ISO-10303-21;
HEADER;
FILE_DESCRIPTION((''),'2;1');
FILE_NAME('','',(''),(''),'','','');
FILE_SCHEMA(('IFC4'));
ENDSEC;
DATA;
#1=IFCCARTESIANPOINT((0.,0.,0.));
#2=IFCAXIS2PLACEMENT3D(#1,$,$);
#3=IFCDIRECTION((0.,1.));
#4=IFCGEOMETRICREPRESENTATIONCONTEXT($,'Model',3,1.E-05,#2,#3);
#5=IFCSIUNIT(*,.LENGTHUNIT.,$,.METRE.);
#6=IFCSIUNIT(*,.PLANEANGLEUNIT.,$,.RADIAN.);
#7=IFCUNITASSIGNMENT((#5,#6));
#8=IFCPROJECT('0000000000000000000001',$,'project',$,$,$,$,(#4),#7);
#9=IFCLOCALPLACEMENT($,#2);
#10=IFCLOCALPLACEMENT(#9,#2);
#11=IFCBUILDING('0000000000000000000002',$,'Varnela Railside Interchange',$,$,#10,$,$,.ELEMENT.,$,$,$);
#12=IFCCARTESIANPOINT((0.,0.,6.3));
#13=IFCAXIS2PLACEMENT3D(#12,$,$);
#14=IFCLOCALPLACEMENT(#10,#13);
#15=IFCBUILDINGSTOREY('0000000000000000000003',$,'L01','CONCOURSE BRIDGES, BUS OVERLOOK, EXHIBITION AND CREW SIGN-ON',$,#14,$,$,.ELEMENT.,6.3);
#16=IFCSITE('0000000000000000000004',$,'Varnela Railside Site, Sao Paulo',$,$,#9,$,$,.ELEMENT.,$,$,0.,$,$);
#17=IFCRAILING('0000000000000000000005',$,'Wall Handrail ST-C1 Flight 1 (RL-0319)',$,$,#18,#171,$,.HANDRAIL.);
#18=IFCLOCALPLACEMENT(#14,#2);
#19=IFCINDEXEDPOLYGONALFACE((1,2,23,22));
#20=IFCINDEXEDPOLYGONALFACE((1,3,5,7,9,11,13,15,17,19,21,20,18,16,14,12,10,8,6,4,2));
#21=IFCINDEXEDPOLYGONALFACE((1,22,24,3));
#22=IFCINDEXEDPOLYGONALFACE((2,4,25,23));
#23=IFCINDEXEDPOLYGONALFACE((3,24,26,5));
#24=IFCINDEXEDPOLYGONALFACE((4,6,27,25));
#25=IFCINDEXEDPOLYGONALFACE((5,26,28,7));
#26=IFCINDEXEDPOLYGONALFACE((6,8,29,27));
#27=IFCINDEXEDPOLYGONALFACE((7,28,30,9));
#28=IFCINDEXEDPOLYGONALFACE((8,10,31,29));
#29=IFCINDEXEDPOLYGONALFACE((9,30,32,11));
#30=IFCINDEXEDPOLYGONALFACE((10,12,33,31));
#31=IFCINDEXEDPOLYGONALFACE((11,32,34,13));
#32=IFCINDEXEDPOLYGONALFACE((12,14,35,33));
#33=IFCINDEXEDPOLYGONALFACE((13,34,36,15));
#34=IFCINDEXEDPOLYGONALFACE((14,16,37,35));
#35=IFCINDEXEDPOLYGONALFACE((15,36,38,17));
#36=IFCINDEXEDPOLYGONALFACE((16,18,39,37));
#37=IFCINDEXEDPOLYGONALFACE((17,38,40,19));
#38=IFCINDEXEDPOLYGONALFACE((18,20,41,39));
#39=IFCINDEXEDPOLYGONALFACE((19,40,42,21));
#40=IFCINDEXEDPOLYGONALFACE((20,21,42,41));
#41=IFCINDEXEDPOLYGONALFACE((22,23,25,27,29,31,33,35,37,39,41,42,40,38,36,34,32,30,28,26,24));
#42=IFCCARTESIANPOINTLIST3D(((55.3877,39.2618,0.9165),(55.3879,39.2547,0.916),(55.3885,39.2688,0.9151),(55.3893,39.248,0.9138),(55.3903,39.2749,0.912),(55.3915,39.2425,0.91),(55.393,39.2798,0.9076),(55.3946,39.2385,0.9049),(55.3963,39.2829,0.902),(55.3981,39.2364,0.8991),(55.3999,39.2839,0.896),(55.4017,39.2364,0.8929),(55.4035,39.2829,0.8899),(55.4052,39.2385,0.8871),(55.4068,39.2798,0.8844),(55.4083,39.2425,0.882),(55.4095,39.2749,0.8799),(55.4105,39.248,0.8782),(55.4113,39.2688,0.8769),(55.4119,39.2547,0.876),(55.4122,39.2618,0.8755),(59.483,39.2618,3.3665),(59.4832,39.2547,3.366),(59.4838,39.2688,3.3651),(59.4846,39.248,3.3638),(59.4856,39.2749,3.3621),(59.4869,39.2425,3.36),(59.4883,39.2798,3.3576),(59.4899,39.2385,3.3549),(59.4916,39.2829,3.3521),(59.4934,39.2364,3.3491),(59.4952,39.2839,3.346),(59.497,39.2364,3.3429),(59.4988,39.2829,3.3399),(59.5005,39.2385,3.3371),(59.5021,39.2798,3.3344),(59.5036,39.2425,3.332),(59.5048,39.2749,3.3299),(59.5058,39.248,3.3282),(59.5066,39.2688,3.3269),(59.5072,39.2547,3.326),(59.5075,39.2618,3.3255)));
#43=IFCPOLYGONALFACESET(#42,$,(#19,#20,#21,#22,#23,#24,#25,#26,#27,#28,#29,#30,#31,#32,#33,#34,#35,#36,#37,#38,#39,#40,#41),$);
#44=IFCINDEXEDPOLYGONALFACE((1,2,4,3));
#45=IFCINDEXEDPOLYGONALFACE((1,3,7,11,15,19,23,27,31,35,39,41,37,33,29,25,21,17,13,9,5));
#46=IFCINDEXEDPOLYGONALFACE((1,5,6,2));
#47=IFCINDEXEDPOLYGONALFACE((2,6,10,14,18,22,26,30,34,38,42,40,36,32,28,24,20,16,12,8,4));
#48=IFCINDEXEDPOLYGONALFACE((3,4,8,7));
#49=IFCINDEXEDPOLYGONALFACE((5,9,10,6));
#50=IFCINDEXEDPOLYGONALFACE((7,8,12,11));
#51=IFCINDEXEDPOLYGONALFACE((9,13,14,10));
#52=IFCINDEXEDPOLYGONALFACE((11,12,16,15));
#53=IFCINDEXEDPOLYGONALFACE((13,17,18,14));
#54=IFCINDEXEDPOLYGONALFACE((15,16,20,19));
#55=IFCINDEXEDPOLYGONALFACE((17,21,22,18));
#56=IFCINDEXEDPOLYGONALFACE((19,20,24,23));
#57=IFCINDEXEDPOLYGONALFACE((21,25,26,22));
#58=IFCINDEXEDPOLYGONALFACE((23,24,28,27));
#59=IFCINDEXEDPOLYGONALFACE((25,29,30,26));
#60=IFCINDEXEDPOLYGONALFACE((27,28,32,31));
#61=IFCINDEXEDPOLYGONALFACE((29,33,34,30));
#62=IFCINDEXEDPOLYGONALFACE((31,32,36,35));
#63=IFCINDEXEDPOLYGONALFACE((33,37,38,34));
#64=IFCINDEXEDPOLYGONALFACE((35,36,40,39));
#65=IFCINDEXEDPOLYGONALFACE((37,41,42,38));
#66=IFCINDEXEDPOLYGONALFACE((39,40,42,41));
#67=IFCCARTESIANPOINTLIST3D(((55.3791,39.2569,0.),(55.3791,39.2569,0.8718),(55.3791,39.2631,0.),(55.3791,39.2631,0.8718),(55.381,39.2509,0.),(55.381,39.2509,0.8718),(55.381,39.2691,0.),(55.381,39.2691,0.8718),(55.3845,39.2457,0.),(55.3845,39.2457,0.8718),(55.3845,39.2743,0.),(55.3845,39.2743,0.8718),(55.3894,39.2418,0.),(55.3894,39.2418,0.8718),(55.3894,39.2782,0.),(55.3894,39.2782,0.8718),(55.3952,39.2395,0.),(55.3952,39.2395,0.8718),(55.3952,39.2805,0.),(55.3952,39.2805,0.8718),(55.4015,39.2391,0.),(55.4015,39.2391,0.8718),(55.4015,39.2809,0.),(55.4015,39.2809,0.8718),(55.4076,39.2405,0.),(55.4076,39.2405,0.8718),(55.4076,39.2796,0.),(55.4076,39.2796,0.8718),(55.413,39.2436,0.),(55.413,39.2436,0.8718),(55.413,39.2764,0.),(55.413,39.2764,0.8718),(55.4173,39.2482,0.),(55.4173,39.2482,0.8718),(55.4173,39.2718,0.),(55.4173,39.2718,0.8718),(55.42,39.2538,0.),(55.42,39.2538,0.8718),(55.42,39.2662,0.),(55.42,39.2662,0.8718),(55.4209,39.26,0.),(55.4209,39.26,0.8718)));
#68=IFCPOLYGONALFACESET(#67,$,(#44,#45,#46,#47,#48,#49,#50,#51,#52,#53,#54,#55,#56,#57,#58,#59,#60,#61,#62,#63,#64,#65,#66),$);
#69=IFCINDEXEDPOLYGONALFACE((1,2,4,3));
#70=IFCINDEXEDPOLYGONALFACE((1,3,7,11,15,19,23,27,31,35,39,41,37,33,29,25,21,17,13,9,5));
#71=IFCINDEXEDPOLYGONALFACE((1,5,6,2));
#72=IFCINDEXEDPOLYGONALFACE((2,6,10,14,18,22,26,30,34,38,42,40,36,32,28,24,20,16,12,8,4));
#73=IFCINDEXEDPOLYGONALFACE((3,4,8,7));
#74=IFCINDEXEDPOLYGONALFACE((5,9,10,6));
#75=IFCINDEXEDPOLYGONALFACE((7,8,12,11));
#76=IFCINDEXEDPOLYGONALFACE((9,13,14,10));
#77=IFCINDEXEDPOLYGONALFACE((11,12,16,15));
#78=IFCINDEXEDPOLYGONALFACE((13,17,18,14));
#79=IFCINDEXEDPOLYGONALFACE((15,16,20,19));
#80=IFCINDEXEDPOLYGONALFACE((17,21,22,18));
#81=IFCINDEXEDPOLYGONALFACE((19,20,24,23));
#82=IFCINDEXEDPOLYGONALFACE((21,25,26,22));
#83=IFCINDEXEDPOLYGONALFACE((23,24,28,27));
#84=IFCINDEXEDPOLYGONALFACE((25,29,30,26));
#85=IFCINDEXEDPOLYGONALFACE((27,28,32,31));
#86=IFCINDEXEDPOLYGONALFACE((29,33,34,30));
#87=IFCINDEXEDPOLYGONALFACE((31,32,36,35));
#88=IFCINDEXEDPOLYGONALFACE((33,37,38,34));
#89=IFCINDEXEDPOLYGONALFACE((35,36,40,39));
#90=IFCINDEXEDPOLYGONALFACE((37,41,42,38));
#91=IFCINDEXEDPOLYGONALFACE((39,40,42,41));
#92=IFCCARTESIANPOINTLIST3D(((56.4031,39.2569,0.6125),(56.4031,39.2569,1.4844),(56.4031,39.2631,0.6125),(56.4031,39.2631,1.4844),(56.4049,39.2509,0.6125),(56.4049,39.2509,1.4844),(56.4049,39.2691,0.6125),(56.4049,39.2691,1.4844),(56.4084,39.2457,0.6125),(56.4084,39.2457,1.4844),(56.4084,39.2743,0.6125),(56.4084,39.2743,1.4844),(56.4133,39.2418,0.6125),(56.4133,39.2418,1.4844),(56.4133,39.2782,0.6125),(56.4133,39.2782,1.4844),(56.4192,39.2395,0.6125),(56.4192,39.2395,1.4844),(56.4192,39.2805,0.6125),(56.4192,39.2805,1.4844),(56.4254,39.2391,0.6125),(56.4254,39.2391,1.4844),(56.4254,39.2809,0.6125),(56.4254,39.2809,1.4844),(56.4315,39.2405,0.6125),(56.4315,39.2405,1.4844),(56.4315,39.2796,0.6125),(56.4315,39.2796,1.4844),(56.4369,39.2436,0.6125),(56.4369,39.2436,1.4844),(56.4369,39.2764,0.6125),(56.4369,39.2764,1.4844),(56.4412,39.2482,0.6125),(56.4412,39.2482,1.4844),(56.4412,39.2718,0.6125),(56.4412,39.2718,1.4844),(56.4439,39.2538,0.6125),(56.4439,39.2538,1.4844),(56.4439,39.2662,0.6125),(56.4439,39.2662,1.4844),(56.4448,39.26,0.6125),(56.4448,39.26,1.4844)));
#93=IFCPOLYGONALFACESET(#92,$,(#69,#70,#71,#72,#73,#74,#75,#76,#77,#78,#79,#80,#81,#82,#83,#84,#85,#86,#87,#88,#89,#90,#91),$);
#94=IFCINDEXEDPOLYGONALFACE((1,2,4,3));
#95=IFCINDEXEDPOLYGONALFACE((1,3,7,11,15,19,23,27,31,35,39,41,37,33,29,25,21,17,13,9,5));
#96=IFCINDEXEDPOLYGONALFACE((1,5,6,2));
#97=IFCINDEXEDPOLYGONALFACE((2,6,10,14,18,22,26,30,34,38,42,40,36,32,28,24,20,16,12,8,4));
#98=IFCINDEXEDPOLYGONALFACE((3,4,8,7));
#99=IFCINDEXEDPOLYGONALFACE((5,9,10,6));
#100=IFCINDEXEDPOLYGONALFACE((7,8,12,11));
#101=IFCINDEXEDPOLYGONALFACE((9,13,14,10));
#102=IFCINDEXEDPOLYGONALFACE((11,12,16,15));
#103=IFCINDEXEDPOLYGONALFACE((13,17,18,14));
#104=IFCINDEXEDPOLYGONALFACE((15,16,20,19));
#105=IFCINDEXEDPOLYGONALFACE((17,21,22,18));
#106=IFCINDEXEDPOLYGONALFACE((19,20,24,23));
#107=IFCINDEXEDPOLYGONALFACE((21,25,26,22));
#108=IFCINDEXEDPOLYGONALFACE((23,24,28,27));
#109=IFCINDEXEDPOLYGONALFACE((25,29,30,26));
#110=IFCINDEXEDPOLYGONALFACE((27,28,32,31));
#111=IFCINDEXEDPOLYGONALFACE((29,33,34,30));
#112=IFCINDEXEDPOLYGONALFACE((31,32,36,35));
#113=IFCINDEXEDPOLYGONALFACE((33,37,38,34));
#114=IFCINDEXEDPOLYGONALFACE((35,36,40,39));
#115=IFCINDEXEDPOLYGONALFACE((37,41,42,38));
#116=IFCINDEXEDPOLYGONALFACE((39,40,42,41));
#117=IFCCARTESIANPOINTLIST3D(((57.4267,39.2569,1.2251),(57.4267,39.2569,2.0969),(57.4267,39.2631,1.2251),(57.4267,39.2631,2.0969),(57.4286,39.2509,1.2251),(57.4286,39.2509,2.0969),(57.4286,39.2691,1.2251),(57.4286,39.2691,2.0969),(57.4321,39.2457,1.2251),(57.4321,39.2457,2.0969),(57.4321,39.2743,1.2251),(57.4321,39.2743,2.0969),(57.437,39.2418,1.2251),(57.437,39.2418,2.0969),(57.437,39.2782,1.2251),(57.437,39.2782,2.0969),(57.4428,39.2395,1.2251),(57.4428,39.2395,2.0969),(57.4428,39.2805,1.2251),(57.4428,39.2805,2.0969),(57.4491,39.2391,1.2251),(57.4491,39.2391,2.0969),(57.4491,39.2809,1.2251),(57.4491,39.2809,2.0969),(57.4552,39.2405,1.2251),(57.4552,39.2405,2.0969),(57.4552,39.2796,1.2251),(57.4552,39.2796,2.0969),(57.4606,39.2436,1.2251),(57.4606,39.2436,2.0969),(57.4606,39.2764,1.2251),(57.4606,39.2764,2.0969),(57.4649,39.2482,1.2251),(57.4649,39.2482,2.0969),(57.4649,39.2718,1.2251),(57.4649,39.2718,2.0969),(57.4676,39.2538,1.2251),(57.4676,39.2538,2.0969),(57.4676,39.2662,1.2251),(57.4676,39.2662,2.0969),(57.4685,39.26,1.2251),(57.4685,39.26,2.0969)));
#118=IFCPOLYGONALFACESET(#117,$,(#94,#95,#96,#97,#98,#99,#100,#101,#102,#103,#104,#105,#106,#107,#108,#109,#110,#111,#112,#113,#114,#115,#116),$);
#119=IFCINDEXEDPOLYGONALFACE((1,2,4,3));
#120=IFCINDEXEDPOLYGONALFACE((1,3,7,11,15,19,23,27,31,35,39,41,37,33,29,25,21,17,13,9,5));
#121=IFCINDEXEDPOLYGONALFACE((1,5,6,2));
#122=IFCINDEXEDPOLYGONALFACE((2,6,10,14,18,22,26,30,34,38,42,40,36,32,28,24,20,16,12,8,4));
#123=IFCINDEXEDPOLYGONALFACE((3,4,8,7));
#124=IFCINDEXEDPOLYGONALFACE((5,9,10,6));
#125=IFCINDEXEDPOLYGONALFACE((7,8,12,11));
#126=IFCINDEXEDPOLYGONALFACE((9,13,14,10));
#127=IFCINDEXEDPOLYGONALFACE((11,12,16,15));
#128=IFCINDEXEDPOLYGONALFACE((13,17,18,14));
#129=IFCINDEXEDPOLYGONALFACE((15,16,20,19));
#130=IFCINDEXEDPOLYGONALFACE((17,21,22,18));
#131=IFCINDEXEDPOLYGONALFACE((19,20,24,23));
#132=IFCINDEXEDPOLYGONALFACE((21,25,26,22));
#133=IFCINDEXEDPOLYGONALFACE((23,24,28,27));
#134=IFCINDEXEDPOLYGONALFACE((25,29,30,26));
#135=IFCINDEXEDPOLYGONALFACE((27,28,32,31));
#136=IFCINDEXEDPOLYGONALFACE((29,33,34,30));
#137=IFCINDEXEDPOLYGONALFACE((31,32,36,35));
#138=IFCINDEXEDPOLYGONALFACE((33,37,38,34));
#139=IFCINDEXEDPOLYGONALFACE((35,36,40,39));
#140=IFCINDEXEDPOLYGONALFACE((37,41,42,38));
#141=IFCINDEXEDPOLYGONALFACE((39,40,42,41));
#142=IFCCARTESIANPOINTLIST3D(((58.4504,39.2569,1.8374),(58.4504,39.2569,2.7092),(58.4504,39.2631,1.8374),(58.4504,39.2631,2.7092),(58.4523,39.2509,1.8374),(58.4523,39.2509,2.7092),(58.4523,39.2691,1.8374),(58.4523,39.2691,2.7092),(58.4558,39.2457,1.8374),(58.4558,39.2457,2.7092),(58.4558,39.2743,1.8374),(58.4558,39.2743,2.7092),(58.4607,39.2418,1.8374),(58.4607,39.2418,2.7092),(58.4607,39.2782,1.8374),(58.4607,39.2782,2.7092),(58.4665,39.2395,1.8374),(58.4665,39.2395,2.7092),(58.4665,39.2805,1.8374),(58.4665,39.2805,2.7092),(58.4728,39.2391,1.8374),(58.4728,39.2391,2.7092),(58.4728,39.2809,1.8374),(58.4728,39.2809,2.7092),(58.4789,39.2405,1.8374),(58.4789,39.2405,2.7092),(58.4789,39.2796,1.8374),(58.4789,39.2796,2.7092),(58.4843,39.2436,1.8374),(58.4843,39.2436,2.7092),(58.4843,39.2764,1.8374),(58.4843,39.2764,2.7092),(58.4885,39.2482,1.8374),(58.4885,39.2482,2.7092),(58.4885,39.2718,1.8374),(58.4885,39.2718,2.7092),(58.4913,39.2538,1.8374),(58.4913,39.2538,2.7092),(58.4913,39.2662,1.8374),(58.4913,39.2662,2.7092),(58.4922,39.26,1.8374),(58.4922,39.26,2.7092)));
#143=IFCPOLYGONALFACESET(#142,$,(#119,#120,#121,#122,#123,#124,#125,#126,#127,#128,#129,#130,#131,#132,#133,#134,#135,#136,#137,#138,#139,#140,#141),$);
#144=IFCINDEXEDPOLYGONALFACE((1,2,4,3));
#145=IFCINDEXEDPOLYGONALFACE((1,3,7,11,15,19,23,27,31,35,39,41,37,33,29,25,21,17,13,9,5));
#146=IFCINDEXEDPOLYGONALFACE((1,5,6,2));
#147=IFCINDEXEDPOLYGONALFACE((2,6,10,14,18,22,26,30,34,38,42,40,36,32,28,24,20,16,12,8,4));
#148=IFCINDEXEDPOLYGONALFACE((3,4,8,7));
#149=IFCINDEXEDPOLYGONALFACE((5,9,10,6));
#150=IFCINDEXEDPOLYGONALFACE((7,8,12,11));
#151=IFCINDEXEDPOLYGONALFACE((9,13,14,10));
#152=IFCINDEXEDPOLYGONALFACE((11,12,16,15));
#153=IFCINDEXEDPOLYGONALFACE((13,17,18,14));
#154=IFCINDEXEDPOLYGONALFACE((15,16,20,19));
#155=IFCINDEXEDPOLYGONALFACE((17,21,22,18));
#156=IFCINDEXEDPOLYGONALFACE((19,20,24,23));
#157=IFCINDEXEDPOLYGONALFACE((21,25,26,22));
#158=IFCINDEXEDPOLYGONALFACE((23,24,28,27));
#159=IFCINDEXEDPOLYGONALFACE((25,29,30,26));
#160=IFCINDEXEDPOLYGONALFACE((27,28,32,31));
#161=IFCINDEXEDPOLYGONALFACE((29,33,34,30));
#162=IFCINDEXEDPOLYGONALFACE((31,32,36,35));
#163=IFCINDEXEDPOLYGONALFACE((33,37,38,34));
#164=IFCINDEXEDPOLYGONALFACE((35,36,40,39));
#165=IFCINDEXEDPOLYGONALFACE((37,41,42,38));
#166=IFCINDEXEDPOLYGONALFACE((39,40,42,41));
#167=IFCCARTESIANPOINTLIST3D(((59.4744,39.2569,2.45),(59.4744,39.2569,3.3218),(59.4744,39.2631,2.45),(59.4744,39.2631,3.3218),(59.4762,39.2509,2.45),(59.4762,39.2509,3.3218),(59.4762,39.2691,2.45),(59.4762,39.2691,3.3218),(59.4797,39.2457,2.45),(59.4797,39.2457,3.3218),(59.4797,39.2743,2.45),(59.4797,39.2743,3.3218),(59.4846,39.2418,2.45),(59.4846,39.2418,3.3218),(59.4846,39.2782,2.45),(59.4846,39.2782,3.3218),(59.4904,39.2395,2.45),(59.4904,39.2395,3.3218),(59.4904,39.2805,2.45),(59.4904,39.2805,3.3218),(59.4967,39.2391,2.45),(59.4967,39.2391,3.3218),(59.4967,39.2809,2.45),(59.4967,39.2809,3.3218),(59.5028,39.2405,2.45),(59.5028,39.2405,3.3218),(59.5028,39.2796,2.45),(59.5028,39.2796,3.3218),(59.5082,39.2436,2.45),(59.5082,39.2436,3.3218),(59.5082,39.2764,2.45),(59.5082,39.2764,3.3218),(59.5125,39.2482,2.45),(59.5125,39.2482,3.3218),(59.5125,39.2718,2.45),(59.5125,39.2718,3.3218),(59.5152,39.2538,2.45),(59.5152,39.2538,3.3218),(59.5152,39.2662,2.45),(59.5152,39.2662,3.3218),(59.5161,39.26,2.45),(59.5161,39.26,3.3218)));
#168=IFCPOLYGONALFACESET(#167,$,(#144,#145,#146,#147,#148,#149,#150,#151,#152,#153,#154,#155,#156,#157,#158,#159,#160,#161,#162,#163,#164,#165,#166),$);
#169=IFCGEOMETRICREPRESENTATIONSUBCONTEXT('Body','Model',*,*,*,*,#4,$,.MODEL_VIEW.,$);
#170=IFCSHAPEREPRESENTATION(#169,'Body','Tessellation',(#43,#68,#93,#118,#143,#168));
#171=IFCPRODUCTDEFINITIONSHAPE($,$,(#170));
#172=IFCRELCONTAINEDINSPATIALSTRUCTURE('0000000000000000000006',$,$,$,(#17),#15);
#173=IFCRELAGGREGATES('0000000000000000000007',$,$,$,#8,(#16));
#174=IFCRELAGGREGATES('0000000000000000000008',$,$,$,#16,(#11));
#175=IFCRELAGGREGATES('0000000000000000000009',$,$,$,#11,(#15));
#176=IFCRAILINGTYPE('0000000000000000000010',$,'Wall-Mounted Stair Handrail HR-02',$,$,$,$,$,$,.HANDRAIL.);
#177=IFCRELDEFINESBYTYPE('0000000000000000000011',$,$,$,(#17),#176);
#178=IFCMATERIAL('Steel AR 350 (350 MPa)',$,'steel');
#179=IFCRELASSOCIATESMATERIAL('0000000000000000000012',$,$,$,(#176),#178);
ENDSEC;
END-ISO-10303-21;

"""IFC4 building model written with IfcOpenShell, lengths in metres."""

from ifc_helpers import new_model, si_unit, direction, frame, origin, origin_2d, place, context, subcontext, project, spatial, circle, extrude, material, type_object, element, save


model = new_model("IFC4")

# Units and contexts
model_context = context("Model", 3, precision=1e-05, world=origin(), true_north=direction((0.0, 1.0)))
body_context = subcontext(model_context, "Body", "Model", "MODEL_VIEW")
ifc_project = project(units=[si_unit("LENGTHUNIT", "METRE"), si_unit("PLANEANGLEUNIT", "RADIAN")], contexts=[model_context])

# Site, building, storey
site_placement = place(None, origin())
site = spatial("IfcSite", under=ifc_project, at=site_placement, Name="Varnela Railside Site, Sao Paulo", CompositionType="ELEMENT", RefElevation=0.0)
building_placement = place(site_placement, origin())
building = spatial("IfcBuilding", under=site, at=building_placement, Name="Varnela Railside Interchange", CompositionType="ELEMENT")
storey_placement = place(building_placement, frame((0.0, 0.0, 6.3)))
storey = spatial("IfcBuildingStorey", under=building, at=storey_placement, Name="L01", Description="CONCOURSE BRIDGES, BUS OVERLOOK, EXHIBITION AND CREW SIGN-ON", CompositionType="ELEMENT", Elevation=6.3)

# Shared definitions
ifc_material_1 = material(Name="Steel AR 350 (350 MPa)", Category="steel")

# Railing
railing_type_1 = type_object("IfcRailingType", Name="Wall-Mounted Stair Handrail HR-02", PredefinedType="HANDRAIL", material=ifc_material_1)
railing_1_placement = place(storey_placement, frame((55.3999, 39.26, 0.0)))
element("IfcRailing", 1, at=railing_1_placement, inside=storey, type_object=railing_type_1, Name="Wall Handrail ST-C1 Flight 1 (RL-0319)", PredefinedType="HANDRAIL", context=body_context, shape_type="SweptSolid", body=[
    extrude(circle(Radius=0.0239, at=origin_2d()), frame((0.0, 0.0, 0.896), z_axis=(0.858156, 0.0, 0.513389), x_axis=(0.0, 1.0, 0.0)), (0.0, 0.0, 1.0), 4.7722),
    extrude(circle(Radius=0.021, at=origin_2d()), origin(), (0.0, 0.0, 1.0), 0.8718),
    extrude(circle(Radius=0.021, at=origin_2d()), frame((1.0239, 0.0, 0.6125)), (0.0, 0.0, 1.0), 0.8718),
    extrude(circle(Radius=0.021, at=origin_2d()), frame((2.0476, 0.0, 1.2251)), (0.0, 0.0, 1.0), 0.8718),
    extrude(circle(Radius=0.021, at=origin_2d()), frame((3.0713, 0.0, 1.8374)), (0.0, 0.0, 1.0), 0.8718),
    extrude(circle(Radius=0.021, at=origin_2d()), frame((4.0952, 0.0, 2.45)), (0.0, 0.0, 1.0), 0.8718),
])

save(model, "model.ifc")
